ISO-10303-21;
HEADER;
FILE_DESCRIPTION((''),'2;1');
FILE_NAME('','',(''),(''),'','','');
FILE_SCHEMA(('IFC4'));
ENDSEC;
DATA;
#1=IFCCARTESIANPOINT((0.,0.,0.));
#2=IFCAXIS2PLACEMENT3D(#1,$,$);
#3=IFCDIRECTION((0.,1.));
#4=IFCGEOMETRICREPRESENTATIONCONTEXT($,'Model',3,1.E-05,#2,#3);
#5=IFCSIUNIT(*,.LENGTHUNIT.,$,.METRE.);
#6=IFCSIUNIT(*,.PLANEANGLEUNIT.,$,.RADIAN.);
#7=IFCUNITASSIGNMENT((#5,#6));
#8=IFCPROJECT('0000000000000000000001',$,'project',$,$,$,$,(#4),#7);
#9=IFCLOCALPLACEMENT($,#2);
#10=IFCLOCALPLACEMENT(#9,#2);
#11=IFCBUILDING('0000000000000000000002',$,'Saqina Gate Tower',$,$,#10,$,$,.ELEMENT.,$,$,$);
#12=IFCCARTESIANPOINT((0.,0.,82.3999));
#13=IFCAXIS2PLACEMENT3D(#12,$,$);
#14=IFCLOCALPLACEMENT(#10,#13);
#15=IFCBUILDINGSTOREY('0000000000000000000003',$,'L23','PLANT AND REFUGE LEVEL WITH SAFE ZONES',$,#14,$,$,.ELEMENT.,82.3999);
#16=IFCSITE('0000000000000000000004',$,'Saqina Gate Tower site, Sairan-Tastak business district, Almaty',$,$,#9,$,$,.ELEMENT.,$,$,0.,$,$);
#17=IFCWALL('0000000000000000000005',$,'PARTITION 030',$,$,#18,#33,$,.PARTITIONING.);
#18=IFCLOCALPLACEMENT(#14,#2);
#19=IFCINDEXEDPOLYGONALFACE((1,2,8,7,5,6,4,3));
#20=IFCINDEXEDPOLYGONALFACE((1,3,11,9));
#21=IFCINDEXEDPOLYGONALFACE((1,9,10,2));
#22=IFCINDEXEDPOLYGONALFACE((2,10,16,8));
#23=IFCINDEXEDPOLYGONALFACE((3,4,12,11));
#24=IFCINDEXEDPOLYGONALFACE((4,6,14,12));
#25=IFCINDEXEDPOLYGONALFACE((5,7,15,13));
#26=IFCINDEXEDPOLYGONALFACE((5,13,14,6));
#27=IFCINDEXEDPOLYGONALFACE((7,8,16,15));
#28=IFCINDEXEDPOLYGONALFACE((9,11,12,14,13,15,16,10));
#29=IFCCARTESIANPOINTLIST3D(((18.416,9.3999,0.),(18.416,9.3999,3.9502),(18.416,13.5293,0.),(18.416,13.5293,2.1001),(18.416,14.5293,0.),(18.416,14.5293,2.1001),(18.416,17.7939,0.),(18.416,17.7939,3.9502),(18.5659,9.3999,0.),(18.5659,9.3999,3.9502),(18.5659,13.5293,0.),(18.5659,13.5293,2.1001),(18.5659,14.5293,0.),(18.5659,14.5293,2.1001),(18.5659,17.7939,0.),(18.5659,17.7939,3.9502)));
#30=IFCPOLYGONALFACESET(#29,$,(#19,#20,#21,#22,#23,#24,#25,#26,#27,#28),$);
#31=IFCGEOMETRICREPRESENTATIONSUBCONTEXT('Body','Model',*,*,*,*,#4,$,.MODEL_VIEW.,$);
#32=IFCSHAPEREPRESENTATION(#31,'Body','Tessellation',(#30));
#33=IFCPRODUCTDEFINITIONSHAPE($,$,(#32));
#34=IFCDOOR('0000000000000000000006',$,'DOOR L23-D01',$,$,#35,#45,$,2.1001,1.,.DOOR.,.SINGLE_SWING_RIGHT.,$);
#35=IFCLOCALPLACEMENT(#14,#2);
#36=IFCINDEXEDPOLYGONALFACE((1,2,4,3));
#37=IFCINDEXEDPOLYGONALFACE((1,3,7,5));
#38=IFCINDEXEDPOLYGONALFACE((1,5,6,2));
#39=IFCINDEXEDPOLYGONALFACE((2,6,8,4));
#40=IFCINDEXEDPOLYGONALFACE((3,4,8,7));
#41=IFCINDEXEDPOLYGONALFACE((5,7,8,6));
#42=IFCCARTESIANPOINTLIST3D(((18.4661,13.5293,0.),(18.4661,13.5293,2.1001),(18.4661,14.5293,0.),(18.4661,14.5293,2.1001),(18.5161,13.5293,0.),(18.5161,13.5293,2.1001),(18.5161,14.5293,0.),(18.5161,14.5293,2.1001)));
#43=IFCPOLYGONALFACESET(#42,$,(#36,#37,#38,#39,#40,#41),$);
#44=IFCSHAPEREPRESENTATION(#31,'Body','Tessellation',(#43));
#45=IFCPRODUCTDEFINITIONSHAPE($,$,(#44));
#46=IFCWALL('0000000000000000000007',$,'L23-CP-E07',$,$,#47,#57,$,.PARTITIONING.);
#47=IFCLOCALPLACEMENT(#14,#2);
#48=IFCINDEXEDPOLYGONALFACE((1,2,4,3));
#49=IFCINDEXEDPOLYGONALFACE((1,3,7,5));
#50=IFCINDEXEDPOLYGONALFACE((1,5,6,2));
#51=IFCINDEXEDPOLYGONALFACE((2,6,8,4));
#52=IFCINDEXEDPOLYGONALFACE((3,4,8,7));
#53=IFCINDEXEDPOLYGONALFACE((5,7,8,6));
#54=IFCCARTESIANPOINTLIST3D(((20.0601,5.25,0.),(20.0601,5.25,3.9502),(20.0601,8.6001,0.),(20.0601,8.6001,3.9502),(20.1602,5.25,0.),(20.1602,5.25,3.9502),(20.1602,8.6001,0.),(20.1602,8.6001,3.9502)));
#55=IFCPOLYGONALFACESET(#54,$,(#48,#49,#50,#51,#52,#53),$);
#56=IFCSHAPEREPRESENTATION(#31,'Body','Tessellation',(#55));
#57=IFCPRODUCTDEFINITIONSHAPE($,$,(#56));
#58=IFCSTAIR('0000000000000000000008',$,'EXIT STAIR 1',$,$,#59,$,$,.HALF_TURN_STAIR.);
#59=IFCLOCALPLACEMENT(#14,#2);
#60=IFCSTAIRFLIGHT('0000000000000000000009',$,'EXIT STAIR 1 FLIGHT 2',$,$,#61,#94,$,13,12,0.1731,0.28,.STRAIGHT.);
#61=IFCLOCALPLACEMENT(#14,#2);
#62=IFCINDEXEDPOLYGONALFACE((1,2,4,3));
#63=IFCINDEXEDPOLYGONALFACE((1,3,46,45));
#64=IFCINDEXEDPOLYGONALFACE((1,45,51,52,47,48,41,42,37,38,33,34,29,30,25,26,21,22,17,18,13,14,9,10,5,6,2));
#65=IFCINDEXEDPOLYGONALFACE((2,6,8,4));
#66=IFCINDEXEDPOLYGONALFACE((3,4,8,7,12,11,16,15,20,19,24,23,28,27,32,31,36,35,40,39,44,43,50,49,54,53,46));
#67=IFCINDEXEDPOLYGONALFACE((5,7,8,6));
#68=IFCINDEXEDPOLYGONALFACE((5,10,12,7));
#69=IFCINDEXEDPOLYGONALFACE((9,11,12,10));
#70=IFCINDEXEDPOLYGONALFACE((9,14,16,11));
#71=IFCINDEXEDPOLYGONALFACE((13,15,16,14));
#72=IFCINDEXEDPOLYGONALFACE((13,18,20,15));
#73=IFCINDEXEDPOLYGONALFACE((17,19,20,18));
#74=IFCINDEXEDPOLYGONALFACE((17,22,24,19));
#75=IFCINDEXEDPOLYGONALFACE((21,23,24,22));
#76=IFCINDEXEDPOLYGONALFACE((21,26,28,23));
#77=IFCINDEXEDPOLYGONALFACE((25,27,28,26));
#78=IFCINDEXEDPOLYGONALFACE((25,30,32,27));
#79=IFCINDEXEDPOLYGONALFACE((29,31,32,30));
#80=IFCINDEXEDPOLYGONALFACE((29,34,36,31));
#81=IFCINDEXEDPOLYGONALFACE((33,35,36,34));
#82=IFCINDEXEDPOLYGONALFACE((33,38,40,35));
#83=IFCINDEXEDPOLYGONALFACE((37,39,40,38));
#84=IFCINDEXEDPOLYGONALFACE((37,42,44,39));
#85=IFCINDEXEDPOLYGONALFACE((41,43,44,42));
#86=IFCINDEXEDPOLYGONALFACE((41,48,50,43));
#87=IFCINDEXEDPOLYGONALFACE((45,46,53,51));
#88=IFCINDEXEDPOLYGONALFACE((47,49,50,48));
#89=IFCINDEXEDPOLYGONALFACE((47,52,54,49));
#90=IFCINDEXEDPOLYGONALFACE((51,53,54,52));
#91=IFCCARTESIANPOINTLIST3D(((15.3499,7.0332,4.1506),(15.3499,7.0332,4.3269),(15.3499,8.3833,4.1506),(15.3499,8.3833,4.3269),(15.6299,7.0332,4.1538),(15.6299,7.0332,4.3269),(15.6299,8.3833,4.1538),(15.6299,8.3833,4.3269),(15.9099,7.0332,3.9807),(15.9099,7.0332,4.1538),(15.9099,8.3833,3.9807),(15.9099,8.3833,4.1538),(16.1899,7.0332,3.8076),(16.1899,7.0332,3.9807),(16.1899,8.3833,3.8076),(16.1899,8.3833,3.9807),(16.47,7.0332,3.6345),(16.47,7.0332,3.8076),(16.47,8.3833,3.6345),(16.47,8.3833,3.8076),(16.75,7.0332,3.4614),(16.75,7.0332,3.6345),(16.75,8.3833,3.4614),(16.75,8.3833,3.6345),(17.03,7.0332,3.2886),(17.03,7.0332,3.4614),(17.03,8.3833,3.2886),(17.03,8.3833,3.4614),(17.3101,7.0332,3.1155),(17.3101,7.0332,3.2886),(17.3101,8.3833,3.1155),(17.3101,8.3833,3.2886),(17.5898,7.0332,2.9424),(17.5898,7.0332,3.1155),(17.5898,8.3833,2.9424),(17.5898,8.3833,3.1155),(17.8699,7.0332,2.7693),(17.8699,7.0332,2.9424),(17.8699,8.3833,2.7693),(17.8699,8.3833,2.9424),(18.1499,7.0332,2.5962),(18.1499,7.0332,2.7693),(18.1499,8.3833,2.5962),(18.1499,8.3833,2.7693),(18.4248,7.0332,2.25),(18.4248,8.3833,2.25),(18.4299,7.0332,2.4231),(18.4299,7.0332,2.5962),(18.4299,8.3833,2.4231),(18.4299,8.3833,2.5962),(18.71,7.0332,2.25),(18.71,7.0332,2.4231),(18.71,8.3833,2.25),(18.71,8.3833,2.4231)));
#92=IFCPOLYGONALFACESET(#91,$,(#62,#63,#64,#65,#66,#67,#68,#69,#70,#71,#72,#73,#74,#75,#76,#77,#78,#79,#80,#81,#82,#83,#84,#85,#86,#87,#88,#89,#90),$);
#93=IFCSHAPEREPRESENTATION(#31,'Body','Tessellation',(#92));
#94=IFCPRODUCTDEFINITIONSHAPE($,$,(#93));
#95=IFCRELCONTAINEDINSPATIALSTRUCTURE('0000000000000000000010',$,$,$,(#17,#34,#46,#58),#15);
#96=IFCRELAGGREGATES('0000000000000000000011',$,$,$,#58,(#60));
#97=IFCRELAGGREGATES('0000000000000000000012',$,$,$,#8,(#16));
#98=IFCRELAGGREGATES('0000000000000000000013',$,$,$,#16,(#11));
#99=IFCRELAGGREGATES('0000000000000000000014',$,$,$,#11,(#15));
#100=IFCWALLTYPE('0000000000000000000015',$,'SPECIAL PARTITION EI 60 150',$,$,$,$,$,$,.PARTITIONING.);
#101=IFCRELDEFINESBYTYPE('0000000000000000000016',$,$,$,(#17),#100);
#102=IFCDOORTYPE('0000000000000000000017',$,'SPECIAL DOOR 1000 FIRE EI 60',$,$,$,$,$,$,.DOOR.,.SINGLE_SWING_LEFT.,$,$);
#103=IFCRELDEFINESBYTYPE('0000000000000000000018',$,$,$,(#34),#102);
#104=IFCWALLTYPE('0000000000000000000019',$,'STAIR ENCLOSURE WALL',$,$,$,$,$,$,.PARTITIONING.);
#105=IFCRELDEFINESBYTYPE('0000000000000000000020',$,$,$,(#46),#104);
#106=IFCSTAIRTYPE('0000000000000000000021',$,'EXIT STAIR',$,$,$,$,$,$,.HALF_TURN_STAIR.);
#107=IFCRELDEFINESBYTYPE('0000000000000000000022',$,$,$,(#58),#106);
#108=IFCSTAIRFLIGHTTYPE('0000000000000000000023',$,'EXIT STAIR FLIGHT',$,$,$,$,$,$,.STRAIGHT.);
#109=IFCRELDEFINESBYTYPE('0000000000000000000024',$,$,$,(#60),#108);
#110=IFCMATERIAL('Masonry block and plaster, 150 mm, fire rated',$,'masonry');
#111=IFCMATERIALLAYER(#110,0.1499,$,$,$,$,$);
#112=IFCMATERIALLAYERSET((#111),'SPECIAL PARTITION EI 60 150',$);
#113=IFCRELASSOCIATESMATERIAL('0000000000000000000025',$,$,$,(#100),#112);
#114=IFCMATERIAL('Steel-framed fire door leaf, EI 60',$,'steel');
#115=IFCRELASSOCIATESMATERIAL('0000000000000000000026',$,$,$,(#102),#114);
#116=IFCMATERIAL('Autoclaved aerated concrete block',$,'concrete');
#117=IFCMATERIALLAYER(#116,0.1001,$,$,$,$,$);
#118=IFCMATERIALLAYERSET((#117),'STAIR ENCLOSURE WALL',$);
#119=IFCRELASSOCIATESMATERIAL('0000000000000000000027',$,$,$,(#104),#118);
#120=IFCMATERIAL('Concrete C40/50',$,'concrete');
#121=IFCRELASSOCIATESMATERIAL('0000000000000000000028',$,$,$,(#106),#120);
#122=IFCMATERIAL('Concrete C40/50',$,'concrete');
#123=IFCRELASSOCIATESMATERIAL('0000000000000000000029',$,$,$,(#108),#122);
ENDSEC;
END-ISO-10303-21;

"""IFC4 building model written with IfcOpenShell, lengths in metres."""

from ifc_helpers import new_model, si_unit, direction, frame, frame_2d, origin, place, context, subcontext, project, spatial, polyline, rectangle, outline, extrude, material, layer, layer_set, type_object, element, fill, aggregate, save


model = new_model("IFC4")

# Units and contexts
model_context = context("Model", 3, precision=1e-05, world=origin(), true_north=direction((0.0, 1.0)))
body_context = subcontext(model_context, "Body", "Model", "MODEL_VIEW")
ifc_project = project(units=[si_unit("LENGTHUNIT", "METRE"), si_unit("PLANEANGLEUNIT", "RADIAN")], contexts=[model_context])

# Site, building, storey
site_placement = place(None, origin())
site = spatial("IfcSite", under=ifc_project, at=site_placement, Name="Saqina Gate Tower site, Sairan-Tastak business district, Almaty", CompositionType="ELEMENT", RefElevation=0.0)
building_placement = place(site_placement, origin())
building = spatial("IfcBuilding", under=site, at=building_placement, Name="Saqina Gate Tower", CompositionType="ELEMENT")
storey_placement = place(building_placement, frame((0.0, 0.0, 82.3999)))
storey = spatial("IfcBuildingStorey", under=building, at=storey_placement, Name="L23", Description="PLANT AND REFUGE LEVEL WITH SAFE ZONES", CompositionType="ELEMENT", Elevation=82.3999)

# Wall, opening, door
ifc_material_1 = material(Name="Masonry block and plaster, 150 mm, fire rated", Category="masonry")
ifc_layer_1 = layer(ifc_material_1, 0.1499)
ifc_layer_set_1 = layer_set([ifc_layer_1], Name="SPECIAL PARTITION EI 60 150")
wall_type_1 = type_object("IfcWallType", Name="SPECIAL PARTITION EI 60 150", PredefinedType="PARTITIONING", material=ifc_layer_set_1)
wall_1_placement = place(storey_placement, frame((18.491, 9.3999, 0.0), z_axis=(0.0, 0.0, 1.0), x_axis=(0.0, 1.0, 0.0)))
wall_1 = element("IfcWall", 1, at=wall_1_placement, inside=storey, type_object=wall_type_1, Name="PARTITION 030", PredefinedType="PARTITIONING", context=body_context, shape_type="SweptSolid", body=[
    extrude(rectangle(XDim=8.394, YDim=0.1499, at=frame_2d((4.197, 0.0))), origin(), (0.0, 0.0, 1.0), 3.9502),
])
opening_placement = place(wall_1_placement, frame((4.1294, 0.0, 0.0)))
opening = element("IfcOpeningElement", 2, at=opening_placement, cuts=wall_1, PredefinedType="OPENING", context=body_context, shape_type="SweptSolid", body=[
    extrude(rectangle(XDim=1.0, YDim=2.1001, at=frame_2d((0.5, 1.05))), frame((0.0, 0.0869, 0.0), z_axis=(0.0, -1.0, 0.0), x_axis=(1.0, 0.0, 0.0)), (0.0, 0.0, 1.0), 0.1738),
])
ifc_material_2 = material(Name="Steel-framed fire door leaf, EI 60", Category="steel")
door_type = type_object("IfcDoorType", Name="SPECIAL DOOR 1000 FIRE EI 60", OperationType="SINGLE_SWING_LEFT", PredefinedType="DOOR", material=ifc_material_2)
door_placement = place(opening_placement, origin())
door = element("IfcDoor", 3, at=door_placement, inside=storey, type_object=door_type, Name="DOOR L23-D01", OperationType="SINGLE_SWING_RIGHT", OverallHeight=2.1001, OverallWidth=1.0, PredefinedType="DOOR", context=body_context, shape_type="SweptSolid", body=[
    extrude(rectangle(XDim=1.0, YDim=2.1001, at=frame_2d((0.5, 1.05))), frame((0.0, 0.0249, 0.0), z_axis=(0.0, -1.0, 0.0), x_axis=(1.0, 0.0, 0.0)), (0.0, 0.0, 1.0), 0.05),
])
fill(opening, door)

# Wall
ifc_material_3 = material(Name="Autoclaved aerated concrete block", Category="concrete")
ifc_layer_2 = layer(ifc_material_3, 0.1001)
ifc_layer_set_2 = layer_set([ifc_layer_2], Name="STAIR ENCLOSURE WALL")
wall_type_2 = type_object("IfcWallType", Name="STAIR ENCLOSURE WALL", PredefinedType="PARTITIONING", material=ifc_layer_set_2)
wall_2_placement = place(storey_placement, frame((20.1101, 5.25, 0.0), z_axis=(0.0, 0.0, 1.0), x_axis=(0.0, 1.0, 0.0)))
element("IfcWall", 4, at=wall_2_placement, inside=storey, type_object=wall_type_2, Name="L23-CP-E07", PredefinedType="PARTITIONING", context=body_context, shape_type="SweptSolid", body=[
    extrude(rectangle(XDim=3.3501, YDim=0.1001, at=frame_2d((1.675, 0.0))), origin(), (0.0, 0.0, 1.0), 3.9502),
])

# Stair, stair flight
ifc_material_4 = material(Name="Concrete C40/50", Category="concrete")
stair_type = type_object("IfcStairType", Name="EXIT STAIR", PredefinedType="HALF_TURN_STAIR", material=ifc_material_4)
stair_placement = place(storey_placement, origin())
stair = element("IfcStair", 5, at=stair_placement, inside=storey, type_object=stair_type, Name="EXIT STAIR 1", PredefinedType="HALF_TURN_STAIR")
ifc_material_5 = material(Name="Concrete C40/50", Category="concrete")
stair_flight_type = type_object("IfcStairFlightType", Name="EXIT STAIR FLIGHT", PredefinedType="STRAIGHT", material=ifc_material_5)
stair_flight_placement = place(storey_placement, frame((18.71, 7.7083, 2.25), z_axis=(0.0, 0.0, 1.0), x_axis=(-1.0, 0.0, 0.0)))
stair_flight = element("IfcStairFlight", 6, at=stair_flight_placement, type_object=stair_flight_type, Name="EXIT STAIR 1 FLIGHT 2", NumberOfRisers=13, NumberOfTreads=12, PredefinedType="STRAIGHT", RiserHeight=0.1731, TreadLength=0.28, context=body_context, shape_type="SweptSolid", body=[
    extrude(outline(polyline([(0.0, 0.0), (0.0, 0.1731), (0.28, 0.1731), (0.28, 0.3462), (0.5601, 0.3462), (0.5601, 0.5193), (0.8401, 0.5193), (0.8401, 0.6924), (1.1201, 0.6924), (1.1201, 0.8655), (1.3999, 0.8655), (1.3999, 1.0386), (1.6799, 1.0386), (1.6799, 1.2114), (1.96, 1.2114), (1.96, 1.3845), (2.24, 1.3845), (2.24, 1.5576), (2.52, 1.5576), (2.52, 1.7307), (2.8, 1.7307), (2.8, 1.9038), (3.0801, 1.9038), (3.0801, 2.0769), (3.3601, 2.0769), (3.3601, 2.25), (3.3601, 1.9006), (0.2852, 0.0), (0.0, 0.0)])), frame((0.0, 0.675, 0.0), z_axis=(0.0, -1.0, 0.0), x_axis=(1.0, 0.0, 0.0)), (0.0, 0.0, 1.0), 1.3501),
])
aggregate(stair, [stair_flight])

save(model, "model.ifc")
